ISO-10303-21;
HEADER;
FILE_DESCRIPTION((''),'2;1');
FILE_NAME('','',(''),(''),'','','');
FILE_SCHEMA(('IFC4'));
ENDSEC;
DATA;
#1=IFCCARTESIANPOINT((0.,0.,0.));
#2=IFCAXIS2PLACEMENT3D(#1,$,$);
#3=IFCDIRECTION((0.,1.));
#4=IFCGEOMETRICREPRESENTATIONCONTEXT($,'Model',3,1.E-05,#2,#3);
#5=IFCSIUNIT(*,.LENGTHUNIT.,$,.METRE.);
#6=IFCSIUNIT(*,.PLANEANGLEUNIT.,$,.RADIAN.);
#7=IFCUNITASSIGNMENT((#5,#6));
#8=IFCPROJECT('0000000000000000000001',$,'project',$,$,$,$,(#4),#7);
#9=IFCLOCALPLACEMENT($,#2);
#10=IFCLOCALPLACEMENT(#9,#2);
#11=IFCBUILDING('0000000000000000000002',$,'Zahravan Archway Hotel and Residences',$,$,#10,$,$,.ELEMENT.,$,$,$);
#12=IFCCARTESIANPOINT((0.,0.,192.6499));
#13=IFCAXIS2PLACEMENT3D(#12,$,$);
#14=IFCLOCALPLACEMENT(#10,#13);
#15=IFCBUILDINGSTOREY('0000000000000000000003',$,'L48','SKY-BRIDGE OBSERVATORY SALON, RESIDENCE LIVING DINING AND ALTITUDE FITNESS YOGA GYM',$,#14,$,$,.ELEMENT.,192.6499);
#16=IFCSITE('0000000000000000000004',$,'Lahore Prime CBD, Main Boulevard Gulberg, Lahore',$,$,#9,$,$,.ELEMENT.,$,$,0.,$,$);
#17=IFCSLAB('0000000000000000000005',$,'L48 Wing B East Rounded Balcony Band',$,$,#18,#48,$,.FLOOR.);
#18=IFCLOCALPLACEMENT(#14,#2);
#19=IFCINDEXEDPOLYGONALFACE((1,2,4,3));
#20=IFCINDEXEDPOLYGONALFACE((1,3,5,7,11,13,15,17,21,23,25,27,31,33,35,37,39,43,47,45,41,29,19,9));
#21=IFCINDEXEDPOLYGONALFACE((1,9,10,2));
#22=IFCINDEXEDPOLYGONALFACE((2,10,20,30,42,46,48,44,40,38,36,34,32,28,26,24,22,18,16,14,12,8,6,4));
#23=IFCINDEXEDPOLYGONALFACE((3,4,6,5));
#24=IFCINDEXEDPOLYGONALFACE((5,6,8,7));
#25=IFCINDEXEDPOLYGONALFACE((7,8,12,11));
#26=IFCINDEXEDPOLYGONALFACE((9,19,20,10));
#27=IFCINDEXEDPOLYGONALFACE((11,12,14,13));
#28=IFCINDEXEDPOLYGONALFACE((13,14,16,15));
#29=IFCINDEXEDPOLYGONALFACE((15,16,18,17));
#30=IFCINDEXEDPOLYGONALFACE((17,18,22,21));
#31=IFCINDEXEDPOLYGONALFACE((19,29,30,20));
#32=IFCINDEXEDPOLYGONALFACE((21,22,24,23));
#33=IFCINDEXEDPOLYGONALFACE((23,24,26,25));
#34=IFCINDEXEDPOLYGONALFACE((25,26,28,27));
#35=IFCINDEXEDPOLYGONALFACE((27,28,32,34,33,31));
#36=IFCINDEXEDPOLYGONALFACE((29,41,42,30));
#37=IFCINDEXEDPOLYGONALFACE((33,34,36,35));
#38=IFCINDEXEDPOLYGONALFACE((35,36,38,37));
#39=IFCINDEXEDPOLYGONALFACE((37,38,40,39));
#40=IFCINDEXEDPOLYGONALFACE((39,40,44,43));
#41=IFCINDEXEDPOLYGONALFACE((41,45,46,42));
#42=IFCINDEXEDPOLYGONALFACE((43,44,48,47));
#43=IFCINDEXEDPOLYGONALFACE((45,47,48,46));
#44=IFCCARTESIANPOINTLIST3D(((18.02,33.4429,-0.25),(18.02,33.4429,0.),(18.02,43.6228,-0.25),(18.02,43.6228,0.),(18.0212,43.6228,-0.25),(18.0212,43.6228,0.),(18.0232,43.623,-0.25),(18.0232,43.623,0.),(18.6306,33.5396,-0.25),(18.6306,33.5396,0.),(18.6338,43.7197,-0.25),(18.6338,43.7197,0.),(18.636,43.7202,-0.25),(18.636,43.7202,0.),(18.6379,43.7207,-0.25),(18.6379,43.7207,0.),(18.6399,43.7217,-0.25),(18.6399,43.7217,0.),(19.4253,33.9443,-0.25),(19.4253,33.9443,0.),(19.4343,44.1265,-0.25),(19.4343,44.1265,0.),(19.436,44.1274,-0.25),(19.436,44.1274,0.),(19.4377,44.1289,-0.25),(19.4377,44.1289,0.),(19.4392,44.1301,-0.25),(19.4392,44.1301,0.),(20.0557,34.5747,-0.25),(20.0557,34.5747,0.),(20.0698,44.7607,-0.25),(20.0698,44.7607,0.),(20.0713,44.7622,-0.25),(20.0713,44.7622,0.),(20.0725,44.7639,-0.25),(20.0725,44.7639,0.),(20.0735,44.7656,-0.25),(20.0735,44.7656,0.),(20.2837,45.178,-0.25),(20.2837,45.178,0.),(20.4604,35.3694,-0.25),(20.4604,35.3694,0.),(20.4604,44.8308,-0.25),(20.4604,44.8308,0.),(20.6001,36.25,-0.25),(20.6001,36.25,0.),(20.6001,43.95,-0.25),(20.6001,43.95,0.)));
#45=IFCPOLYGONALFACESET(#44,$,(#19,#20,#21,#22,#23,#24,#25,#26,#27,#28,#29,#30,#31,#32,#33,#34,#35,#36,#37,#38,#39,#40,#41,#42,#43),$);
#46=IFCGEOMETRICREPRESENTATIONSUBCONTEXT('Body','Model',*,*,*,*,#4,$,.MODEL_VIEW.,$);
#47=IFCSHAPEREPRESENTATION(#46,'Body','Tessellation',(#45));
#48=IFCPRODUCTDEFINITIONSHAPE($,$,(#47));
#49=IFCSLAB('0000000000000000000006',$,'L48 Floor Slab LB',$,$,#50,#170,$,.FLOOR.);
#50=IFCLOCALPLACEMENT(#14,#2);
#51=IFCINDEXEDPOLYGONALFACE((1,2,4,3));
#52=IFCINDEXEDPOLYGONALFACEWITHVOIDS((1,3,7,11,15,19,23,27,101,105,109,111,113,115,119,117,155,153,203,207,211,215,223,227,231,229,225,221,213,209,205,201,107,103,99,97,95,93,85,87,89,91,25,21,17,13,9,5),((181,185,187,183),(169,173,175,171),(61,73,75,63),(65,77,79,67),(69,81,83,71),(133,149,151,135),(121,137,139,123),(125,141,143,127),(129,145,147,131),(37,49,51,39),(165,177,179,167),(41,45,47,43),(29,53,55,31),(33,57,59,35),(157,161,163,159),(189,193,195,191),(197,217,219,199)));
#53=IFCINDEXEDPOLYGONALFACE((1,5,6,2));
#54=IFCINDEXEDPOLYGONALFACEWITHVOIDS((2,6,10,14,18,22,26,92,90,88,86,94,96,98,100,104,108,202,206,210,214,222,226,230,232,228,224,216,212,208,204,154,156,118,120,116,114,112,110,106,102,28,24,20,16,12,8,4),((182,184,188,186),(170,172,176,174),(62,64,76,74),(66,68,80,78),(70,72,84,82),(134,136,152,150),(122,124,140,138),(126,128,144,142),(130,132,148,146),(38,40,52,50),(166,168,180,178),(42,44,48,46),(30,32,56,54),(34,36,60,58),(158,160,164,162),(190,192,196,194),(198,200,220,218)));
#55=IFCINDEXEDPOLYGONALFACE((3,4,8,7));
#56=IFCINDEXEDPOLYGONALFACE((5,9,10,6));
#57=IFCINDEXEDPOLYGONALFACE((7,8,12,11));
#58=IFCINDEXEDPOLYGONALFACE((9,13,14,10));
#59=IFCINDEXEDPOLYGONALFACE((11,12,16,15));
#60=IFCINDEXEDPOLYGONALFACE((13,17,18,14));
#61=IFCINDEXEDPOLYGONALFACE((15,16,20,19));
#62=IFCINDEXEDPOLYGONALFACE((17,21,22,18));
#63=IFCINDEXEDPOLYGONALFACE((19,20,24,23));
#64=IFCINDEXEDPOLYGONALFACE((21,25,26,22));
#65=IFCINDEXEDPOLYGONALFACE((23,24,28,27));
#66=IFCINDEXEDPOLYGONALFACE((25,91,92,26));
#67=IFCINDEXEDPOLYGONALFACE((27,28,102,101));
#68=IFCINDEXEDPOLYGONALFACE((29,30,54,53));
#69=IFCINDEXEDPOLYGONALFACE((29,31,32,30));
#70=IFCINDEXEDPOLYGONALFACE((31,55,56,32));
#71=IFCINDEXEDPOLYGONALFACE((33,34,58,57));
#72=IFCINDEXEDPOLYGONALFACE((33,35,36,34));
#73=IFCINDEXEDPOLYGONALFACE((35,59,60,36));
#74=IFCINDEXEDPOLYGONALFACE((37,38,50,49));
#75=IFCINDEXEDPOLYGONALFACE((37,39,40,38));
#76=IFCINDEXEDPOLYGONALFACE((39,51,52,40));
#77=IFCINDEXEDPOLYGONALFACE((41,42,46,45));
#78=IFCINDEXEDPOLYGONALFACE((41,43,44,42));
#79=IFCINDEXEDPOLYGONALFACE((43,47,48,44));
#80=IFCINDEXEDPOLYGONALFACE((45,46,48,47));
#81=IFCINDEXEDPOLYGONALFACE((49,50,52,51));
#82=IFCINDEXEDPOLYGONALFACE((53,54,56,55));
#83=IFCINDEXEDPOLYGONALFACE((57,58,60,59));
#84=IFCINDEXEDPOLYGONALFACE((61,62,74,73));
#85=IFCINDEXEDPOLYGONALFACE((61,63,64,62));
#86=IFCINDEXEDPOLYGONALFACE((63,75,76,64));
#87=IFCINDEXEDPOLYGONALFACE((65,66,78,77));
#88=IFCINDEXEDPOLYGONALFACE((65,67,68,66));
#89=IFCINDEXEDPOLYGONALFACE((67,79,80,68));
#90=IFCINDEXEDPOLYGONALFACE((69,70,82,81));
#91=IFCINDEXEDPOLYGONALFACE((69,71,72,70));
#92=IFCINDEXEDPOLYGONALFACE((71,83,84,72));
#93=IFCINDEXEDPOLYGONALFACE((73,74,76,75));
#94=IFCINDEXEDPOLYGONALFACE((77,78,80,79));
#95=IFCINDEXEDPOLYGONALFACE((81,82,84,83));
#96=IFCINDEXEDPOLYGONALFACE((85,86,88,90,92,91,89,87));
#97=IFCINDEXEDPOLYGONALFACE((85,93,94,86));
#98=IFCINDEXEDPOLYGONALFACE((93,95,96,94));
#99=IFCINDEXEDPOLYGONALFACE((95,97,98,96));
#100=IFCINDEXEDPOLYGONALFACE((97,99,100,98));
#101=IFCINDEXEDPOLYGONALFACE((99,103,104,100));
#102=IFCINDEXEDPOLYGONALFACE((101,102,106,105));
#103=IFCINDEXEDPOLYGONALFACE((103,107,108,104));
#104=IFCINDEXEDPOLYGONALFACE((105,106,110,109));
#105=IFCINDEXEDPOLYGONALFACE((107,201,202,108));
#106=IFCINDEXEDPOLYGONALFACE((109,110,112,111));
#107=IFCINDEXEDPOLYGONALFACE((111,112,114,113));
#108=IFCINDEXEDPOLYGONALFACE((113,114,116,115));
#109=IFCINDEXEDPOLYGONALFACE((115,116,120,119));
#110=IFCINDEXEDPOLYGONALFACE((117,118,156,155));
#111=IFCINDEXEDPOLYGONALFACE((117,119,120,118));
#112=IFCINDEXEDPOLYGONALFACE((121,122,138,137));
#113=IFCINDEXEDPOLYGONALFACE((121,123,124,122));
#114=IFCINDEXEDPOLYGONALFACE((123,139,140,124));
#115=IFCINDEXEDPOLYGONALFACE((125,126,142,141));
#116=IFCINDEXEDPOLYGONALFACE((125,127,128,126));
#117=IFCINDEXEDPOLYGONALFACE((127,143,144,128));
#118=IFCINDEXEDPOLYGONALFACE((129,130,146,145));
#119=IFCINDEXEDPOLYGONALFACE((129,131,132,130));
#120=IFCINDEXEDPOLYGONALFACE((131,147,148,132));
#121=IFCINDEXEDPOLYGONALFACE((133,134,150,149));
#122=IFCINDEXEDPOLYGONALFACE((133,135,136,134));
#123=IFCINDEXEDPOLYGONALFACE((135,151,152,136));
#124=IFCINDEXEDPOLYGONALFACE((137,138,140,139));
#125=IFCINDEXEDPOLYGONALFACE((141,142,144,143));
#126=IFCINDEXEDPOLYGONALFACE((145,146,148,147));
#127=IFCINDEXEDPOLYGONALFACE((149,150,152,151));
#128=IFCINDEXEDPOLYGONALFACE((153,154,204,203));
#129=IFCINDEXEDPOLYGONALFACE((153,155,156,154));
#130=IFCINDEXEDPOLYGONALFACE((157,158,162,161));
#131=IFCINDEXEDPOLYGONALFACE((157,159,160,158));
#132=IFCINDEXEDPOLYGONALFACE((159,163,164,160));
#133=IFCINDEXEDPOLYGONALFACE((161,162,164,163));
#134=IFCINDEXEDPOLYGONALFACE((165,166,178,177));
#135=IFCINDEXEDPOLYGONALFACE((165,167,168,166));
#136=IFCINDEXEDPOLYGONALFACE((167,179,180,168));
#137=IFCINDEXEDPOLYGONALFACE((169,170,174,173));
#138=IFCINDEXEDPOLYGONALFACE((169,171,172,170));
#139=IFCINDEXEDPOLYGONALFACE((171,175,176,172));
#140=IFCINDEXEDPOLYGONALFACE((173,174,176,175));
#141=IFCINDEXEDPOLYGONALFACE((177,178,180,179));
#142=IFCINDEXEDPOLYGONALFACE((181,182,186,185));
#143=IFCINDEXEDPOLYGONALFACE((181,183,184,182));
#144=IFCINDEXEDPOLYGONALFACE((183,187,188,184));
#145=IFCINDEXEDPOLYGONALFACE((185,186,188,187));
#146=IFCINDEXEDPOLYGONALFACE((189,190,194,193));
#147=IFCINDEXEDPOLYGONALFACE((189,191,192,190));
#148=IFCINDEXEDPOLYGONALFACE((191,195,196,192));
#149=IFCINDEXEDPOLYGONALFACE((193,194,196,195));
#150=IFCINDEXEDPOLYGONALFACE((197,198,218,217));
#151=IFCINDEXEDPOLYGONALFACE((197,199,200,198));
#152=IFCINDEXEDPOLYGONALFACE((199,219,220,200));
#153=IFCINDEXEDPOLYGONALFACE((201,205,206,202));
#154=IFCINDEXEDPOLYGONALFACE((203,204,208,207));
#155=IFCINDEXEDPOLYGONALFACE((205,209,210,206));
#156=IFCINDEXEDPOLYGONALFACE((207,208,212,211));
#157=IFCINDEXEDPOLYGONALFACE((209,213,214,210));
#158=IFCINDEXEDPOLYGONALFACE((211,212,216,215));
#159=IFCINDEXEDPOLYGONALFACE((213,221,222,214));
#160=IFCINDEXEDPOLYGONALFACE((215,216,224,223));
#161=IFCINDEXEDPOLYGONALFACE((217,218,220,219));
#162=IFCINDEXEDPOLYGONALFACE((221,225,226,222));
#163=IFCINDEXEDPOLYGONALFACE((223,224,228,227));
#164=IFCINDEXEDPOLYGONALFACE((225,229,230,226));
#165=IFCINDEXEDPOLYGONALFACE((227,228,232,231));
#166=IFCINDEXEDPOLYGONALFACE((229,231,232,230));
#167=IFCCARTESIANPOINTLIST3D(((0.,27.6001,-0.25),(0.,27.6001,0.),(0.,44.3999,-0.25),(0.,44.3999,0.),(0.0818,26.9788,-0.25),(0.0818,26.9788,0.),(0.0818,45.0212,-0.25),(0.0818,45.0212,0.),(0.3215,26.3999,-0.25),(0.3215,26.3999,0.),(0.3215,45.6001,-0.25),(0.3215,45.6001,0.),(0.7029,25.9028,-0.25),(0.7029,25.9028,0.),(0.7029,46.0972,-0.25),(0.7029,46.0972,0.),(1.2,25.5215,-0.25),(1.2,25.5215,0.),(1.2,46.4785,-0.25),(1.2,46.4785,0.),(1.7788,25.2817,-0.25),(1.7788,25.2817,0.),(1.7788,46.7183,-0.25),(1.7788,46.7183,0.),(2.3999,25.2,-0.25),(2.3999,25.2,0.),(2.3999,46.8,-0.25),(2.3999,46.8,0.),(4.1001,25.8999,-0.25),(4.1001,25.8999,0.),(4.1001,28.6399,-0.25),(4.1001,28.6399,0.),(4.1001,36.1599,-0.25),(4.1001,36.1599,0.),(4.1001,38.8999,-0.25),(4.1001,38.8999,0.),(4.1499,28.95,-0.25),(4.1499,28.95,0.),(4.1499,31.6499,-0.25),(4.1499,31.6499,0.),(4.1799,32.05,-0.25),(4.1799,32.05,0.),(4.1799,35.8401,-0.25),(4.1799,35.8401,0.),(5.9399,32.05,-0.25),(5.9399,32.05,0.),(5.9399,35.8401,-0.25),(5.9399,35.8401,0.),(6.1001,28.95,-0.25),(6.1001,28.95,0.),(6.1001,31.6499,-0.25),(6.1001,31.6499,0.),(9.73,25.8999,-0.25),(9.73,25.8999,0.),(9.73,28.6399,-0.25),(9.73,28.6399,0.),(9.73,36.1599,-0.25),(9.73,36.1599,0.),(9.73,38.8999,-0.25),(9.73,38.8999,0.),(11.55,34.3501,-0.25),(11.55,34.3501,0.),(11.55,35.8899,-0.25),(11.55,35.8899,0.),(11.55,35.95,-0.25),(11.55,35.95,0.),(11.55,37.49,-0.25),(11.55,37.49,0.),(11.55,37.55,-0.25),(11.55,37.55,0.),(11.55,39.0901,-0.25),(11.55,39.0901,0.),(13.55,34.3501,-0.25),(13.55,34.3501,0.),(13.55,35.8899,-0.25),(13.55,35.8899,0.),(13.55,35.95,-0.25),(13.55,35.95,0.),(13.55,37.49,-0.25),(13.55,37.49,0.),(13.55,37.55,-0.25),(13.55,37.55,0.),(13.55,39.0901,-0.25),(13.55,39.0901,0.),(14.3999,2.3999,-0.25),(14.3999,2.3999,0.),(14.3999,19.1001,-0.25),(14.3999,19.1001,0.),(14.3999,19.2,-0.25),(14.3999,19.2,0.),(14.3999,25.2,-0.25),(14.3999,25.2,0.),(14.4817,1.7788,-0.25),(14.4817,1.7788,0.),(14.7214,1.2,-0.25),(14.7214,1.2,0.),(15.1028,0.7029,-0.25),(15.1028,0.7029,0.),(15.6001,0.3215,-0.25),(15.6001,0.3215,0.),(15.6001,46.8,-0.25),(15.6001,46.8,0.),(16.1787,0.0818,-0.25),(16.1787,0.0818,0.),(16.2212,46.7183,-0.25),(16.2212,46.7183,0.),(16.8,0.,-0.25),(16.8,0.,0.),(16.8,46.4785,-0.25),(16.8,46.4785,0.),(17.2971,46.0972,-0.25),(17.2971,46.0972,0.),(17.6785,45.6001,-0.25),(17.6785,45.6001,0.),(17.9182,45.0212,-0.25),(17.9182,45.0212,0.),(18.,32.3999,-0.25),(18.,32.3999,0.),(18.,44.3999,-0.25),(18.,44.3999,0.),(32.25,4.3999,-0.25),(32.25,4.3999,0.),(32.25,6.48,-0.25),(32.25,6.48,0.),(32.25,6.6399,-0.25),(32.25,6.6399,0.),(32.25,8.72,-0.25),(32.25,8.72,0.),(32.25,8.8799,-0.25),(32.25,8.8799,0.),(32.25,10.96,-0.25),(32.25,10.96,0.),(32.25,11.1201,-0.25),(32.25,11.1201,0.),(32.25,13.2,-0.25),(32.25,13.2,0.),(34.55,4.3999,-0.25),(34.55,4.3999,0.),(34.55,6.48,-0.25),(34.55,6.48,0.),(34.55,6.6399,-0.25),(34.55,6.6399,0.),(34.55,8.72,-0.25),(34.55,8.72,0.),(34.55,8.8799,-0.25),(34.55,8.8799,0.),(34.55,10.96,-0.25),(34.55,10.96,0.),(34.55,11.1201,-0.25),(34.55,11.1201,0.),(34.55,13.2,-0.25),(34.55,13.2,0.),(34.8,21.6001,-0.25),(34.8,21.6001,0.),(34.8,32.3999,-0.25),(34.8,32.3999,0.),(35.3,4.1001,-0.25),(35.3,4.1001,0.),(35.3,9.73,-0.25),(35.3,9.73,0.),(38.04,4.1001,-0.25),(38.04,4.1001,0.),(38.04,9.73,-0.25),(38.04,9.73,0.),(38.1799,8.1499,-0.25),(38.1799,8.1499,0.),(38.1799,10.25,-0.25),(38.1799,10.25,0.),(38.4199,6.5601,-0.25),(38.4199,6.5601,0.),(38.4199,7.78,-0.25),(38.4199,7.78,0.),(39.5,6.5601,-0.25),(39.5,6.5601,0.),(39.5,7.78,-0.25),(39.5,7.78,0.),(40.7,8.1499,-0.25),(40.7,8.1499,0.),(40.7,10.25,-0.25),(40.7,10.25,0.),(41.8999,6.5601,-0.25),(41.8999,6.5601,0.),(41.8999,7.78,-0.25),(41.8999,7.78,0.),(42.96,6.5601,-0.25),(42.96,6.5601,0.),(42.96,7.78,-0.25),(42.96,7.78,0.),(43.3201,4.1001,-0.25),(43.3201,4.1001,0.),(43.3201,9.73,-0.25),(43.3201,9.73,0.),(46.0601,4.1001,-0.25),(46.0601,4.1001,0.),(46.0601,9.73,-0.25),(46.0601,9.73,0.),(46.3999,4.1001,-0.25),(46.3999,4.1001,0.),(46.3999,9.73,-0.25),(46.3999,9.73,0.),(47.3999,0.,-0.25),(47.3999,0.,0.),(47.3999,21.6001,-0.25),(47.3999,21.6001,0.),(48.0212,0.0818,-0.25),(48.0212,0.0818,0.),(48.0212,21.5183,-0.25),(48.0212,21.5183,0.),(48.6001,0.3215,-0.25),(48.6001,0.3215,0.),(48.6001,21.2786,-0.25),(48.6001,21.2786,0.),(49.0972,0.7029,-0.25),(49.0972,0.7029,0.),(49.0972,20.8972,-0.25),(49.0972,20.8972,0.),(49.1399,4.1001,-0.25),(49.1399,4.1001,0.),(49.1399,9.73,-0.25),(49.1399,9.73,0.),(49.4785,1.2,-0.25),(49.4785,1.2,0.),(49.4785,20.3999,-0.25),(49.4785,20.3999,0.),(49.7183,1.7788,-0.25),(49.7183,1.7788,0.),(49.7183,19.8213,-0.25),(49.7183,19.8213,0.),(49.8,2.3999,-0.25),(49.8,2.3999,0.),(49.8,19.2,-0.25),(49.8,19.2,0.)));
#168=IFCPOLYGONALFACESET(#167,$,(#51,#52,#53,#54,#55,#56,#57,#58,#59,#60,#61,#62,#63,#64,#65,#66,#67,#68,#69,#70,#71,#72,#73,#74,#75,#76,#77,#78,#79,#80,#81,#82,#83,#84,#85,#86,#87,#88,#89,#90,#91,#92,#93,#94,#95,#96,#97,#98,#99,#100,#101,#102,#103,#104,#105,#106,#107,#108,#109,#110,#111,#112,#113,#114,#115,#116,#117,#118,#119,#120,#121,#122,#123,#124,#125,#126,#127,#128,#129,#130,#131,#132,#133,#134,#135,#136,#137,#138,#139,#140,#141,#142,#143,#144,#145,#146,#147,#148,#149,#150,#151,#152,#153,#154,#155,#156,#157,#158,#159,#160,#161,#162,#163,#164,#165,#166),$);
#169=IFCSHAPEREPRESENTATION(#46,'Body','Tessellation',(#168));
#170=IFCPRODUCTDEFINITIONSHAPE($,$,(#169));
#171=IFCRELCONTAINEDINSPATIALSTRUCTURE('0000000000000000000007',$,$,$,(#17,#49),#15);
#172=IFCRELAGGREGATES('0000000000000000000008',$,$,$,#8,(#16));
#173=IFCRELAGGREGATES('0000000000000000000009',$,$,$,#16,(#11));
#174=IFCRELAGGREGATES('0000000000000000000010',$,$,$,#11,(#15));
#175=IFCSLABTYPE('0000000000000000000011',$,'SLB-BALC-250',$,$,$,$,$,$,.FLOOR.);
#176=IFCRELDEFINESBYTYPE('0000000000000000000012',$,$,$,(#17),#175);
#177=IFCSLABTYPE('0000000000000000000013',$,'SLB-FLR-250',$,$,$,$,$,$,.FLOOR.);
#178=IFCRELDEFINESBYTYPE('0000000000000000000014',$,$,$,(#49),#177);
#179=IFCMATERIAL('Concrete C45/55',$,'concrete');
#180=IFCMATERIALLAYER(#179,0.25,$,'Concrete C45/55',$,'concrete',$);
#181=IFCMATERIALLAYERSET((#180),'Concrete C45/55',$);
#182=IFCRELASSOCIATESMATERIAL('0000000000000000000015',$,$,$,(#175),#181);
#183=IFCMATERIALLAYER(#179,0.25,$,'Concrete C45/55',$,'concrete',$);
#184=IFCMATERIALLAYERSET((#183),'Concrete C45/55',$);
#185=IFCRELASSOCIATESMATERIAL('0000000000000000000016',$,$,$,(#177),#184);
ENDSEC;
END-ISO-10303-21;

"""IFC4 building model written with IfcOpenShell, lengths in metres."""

from ifc_helpers import new_model, si_unit, direction, frame, origin, place, context, subcontext, project, spatial, polyline, outline, extrude, material, layer, layer_set, type_object, element, save


model = new_model("IFC4")

# Units and contexts
model_context = context("Model", 3, precision=1e-05, world=origin(), true_north=direction((0.0, 1.0)))
body_context = subcontext(model_context, "Body", "Model", "MODEL_VIEW")
ifc_project = project(units=[si_unit("LENGTHUNIT", "METRE"), si_unit("PLANEANGLEUNIT", "RADIAN")], contexts=[model_context])

# Site, building, storey
site_placement = place(None, origin())
site = spatial("IfcSite", under=ifc_project, at=site_placement, Name="Lahore Prime CBD, Main Boulevard Gulberg, Lahore", CompositionType="ELEMENT", RefElevation=0.0)
building_placement = place(site_placement, origin())
building = spatial("IfcBuilding", under=site, at=building_placement, Name="Zahravan Archway Hotel and Residences", CompositionType="ELEMENT")
storey_placement = place(building_placement, frame((0.0, 0.0, 192.6499)))
storey = spatial("IfcBuildingStorey", under=building, at=storey_placement, Name="L48", Description="SKY-BRIDGE OBSERVATORY SALON, RESIDENCE LIVING DINING AND ALTITUDE FITNESS YOGA GYM", CompositionType="ELEMENT", Elevation=192.6499)

# Slabs
ifc_material_1 = material(Name="Concrete C45/55", Category="concrete")
ifc_layer_1 = layer(ifc_material_1, 0.25, Name="Concrete C45/55", Category="concrete")
ifc_layer_set_1 = layer_set([ifc_layer_1], Name="Concrete C45/55")
slab_type_1 = type_object("IfcSlabType", Name="SLB-BALC-250", PredefinedType="FLOOR", material=ifc_layer_set_1)
slab_1_placement = place(storey_placement, frame((0.0, 0.0, -0.25)))
element("IfcSlab", 1, at=slab_1_placement, inside=storey, type_object=slab_type_1, Name="L48 Wing B East Rounded Balcony Band", PredefinedType="FLOOR", context=body_context, shape_type="SweptSolid", body=[
    extrude(outline(polyline([(20.4604, 44.8308), (20.6001, 43.95), (20.6001, 36.25), (20.4604, 35.3694), (20.0557, 34.5747), (19.4253, 33.9443), (18.6306, 33.5396), (18.02, 33.4429), (18.02, 43.6228), (18.0212, 43.6228), (18.0232, 43.623), (18.6338, 43.7197), (18.636, 43.7202), (18.6379, 43.7207), (18.6399, 43.7217), (19.4343, 44.1265), (19.436, 44.1274), (19.4377, 44.1289), (19.4392, 44.1301), (20.0698, 44.7607), (20.0713, 44.7622), (20.0725, 44.7639), (20.0735, 44.7656), (20.2837, 45.178), (20.4604, 44.8308)])), origin(), (0.0, 0.0, 1.0), 0.25),
])
ifc_layer_2 = layer(ifc_material_1, 0.25, Name="Concrete C45/55", Category="concrete")
ifc_layer_set_2 = layer_set([ifc_layer_2], Name="Concrete C45/55")
slab_type_2 = type_object("IfcSlabType", Name="SLB-FLR-250", PredefinedType="FLOOR", material=ifc_layer_set_2)
slab_2_placement = place(storey_placement, frame((0.0, 0.0, -0.25)))
element("IfcSlab", 2, at=slab_2_placement, inside=storey, type_object=slab_type_2, Name="L48 Floor Slab LB", PredefinedType="FLOOR", context=body_context, shape_type="SweptSolid", body=[
    extrude(outline(polyline([(34.8, 21.6001), (34.8, 32.3999), (18.0, 32.3999), (18.0, 44.3999), (17.9182, 45.0212), (17.6785, 45.6001), (17.2971, 46.0972), (16.8, 46.4785), (16.2212, 46.7183), (15.6001, 46.8), (2.3999, 46.8), (1.7788, 46.7183), (1.2, 46.4785), (0.7029, 46.0972), (0.3215, 45.6001), (0.0818, 45.0212), (0.0, 44.3999), (0.0, 27.6001), (0.0818, 26.9788), (0.3215, 26.3999), (0.7029, 25.9028), (1.2, 25.5215), (1.7788, 25.2817), (2.3999, 25.2), (14.3999, 25.2), (14.3999, 19.2), (14.3999, 19.1001), (14.3999, 2.3999), (14.4817, 1.7788), (14.7214, 1.2), (15.1028, 0.7029), (15.6001, 0.3215), (16.1787, 0.0818), (16.8, 0.0), (47.3999, 0.0), (48.0212, 0.0818), (48.6001, 0.3215), (49.0972, 0.7029), (49.4785, 1.2), (49.7183, 1.7788), (49.8, 2.3999), (49.8, 19.2), (49.7183, 19.8213), (49.4785, 20.3999), (49.0972, 20.8972), (48.6001, 21.2786), (48.0212, 21.5183), (47.3999, 21.6001), (34.8, 21.6001)]), holes=[polyline([(35.3, 9.73), (35.3, 4.1001), (38.04, 4.1001), (38.04, 9.73), (35.3, 9.73)]), polyline([(43.3201, 9.73), (43.3201, 4.1001), (46.0601, 4.1001), (46.0601, 9.73), (43.3201, 9.73)]), polyline([(46.3999, 9.73), (46.3999, 4.1001), (49.1399, 4.1001), (49.1399, 9.73), (46.3999, 9.73)]), polyline([(9.73, 28.6399), (4.1001, 28.6399), (4.1001, 25.8999), (9.73, 25.8999), (9.73, 28.6399)]), polyline([(9.73, 38.8999), (4.1001, 38.8999), (4.1001, 36.1599), (9.73, 36.1599), (9.73, 38.8999)]), polyline([(38.1799, 8.1499), (40.7, 8.1499), (40.7, 10.25), (38.1799, 10.25), (38.1799, 8.1499)]), polyline([(4.1499, 28.95), (6.1001, 28.95), (6.1001, 31.6499), (4.1499, 31.6499), (4.1499, 28.95)]), polyline([(11.55, 34.3501), (13.55, 34.3501), (13.55, 35.8899), (11.55, 35.8899), (11.55, 34.3501)]), polyline([(11.55, 35.95), (13.55, 35.95), (13.55, 37.49), (11.55, 37.49), (11.55, 35.95)]), polyline([(11.55, 37.55), (13.55, 37.55), (13.55, 39.0901), (11.55, 39.0901), (11.55, 37.55)]), polyline([(32.25, 4.3999), (34.55, 4.3999), (34.55, 6.48), (32.25, 6.48), (32.25, 4.3999)]), polyline([(32.25, 6.6399), (34.55, 6.6399), (34.55, 8.72), (32.25, 8.72), (32.25, 6.6399)]), polyline([(32.25, 8.8799), (34.55, 8.8799), (34.55, 10.96), (32.25, 10.96), (32.25, 8.8799)]), polyline([(32.25, 11.1201), (34.55, 11.1201), (34.55, 13.2), (32.25, 13.2), (32.25, 11.1201)]), polyline([(38.4199, 6.5601), (39.5, 6.5601), (39.5, 7.78), (38.4199, 7.78), (38.4199, 6.5601)]), polyline([(41.8999, 6.5601), (42.96, 6.5601), (42.96, 7.78), (41.8999, 7.78), (41.8999, 6.5601)]), polyline([(4.1799, 32.05), (5.9399, 32.05), (5.9399, 35.8401), (4.1799, 35.8401), (4.1799, 32.05)])]), origin(), (0.0, 0.0, 1.0), 0.25),
])

save(model, "model.ifc")
